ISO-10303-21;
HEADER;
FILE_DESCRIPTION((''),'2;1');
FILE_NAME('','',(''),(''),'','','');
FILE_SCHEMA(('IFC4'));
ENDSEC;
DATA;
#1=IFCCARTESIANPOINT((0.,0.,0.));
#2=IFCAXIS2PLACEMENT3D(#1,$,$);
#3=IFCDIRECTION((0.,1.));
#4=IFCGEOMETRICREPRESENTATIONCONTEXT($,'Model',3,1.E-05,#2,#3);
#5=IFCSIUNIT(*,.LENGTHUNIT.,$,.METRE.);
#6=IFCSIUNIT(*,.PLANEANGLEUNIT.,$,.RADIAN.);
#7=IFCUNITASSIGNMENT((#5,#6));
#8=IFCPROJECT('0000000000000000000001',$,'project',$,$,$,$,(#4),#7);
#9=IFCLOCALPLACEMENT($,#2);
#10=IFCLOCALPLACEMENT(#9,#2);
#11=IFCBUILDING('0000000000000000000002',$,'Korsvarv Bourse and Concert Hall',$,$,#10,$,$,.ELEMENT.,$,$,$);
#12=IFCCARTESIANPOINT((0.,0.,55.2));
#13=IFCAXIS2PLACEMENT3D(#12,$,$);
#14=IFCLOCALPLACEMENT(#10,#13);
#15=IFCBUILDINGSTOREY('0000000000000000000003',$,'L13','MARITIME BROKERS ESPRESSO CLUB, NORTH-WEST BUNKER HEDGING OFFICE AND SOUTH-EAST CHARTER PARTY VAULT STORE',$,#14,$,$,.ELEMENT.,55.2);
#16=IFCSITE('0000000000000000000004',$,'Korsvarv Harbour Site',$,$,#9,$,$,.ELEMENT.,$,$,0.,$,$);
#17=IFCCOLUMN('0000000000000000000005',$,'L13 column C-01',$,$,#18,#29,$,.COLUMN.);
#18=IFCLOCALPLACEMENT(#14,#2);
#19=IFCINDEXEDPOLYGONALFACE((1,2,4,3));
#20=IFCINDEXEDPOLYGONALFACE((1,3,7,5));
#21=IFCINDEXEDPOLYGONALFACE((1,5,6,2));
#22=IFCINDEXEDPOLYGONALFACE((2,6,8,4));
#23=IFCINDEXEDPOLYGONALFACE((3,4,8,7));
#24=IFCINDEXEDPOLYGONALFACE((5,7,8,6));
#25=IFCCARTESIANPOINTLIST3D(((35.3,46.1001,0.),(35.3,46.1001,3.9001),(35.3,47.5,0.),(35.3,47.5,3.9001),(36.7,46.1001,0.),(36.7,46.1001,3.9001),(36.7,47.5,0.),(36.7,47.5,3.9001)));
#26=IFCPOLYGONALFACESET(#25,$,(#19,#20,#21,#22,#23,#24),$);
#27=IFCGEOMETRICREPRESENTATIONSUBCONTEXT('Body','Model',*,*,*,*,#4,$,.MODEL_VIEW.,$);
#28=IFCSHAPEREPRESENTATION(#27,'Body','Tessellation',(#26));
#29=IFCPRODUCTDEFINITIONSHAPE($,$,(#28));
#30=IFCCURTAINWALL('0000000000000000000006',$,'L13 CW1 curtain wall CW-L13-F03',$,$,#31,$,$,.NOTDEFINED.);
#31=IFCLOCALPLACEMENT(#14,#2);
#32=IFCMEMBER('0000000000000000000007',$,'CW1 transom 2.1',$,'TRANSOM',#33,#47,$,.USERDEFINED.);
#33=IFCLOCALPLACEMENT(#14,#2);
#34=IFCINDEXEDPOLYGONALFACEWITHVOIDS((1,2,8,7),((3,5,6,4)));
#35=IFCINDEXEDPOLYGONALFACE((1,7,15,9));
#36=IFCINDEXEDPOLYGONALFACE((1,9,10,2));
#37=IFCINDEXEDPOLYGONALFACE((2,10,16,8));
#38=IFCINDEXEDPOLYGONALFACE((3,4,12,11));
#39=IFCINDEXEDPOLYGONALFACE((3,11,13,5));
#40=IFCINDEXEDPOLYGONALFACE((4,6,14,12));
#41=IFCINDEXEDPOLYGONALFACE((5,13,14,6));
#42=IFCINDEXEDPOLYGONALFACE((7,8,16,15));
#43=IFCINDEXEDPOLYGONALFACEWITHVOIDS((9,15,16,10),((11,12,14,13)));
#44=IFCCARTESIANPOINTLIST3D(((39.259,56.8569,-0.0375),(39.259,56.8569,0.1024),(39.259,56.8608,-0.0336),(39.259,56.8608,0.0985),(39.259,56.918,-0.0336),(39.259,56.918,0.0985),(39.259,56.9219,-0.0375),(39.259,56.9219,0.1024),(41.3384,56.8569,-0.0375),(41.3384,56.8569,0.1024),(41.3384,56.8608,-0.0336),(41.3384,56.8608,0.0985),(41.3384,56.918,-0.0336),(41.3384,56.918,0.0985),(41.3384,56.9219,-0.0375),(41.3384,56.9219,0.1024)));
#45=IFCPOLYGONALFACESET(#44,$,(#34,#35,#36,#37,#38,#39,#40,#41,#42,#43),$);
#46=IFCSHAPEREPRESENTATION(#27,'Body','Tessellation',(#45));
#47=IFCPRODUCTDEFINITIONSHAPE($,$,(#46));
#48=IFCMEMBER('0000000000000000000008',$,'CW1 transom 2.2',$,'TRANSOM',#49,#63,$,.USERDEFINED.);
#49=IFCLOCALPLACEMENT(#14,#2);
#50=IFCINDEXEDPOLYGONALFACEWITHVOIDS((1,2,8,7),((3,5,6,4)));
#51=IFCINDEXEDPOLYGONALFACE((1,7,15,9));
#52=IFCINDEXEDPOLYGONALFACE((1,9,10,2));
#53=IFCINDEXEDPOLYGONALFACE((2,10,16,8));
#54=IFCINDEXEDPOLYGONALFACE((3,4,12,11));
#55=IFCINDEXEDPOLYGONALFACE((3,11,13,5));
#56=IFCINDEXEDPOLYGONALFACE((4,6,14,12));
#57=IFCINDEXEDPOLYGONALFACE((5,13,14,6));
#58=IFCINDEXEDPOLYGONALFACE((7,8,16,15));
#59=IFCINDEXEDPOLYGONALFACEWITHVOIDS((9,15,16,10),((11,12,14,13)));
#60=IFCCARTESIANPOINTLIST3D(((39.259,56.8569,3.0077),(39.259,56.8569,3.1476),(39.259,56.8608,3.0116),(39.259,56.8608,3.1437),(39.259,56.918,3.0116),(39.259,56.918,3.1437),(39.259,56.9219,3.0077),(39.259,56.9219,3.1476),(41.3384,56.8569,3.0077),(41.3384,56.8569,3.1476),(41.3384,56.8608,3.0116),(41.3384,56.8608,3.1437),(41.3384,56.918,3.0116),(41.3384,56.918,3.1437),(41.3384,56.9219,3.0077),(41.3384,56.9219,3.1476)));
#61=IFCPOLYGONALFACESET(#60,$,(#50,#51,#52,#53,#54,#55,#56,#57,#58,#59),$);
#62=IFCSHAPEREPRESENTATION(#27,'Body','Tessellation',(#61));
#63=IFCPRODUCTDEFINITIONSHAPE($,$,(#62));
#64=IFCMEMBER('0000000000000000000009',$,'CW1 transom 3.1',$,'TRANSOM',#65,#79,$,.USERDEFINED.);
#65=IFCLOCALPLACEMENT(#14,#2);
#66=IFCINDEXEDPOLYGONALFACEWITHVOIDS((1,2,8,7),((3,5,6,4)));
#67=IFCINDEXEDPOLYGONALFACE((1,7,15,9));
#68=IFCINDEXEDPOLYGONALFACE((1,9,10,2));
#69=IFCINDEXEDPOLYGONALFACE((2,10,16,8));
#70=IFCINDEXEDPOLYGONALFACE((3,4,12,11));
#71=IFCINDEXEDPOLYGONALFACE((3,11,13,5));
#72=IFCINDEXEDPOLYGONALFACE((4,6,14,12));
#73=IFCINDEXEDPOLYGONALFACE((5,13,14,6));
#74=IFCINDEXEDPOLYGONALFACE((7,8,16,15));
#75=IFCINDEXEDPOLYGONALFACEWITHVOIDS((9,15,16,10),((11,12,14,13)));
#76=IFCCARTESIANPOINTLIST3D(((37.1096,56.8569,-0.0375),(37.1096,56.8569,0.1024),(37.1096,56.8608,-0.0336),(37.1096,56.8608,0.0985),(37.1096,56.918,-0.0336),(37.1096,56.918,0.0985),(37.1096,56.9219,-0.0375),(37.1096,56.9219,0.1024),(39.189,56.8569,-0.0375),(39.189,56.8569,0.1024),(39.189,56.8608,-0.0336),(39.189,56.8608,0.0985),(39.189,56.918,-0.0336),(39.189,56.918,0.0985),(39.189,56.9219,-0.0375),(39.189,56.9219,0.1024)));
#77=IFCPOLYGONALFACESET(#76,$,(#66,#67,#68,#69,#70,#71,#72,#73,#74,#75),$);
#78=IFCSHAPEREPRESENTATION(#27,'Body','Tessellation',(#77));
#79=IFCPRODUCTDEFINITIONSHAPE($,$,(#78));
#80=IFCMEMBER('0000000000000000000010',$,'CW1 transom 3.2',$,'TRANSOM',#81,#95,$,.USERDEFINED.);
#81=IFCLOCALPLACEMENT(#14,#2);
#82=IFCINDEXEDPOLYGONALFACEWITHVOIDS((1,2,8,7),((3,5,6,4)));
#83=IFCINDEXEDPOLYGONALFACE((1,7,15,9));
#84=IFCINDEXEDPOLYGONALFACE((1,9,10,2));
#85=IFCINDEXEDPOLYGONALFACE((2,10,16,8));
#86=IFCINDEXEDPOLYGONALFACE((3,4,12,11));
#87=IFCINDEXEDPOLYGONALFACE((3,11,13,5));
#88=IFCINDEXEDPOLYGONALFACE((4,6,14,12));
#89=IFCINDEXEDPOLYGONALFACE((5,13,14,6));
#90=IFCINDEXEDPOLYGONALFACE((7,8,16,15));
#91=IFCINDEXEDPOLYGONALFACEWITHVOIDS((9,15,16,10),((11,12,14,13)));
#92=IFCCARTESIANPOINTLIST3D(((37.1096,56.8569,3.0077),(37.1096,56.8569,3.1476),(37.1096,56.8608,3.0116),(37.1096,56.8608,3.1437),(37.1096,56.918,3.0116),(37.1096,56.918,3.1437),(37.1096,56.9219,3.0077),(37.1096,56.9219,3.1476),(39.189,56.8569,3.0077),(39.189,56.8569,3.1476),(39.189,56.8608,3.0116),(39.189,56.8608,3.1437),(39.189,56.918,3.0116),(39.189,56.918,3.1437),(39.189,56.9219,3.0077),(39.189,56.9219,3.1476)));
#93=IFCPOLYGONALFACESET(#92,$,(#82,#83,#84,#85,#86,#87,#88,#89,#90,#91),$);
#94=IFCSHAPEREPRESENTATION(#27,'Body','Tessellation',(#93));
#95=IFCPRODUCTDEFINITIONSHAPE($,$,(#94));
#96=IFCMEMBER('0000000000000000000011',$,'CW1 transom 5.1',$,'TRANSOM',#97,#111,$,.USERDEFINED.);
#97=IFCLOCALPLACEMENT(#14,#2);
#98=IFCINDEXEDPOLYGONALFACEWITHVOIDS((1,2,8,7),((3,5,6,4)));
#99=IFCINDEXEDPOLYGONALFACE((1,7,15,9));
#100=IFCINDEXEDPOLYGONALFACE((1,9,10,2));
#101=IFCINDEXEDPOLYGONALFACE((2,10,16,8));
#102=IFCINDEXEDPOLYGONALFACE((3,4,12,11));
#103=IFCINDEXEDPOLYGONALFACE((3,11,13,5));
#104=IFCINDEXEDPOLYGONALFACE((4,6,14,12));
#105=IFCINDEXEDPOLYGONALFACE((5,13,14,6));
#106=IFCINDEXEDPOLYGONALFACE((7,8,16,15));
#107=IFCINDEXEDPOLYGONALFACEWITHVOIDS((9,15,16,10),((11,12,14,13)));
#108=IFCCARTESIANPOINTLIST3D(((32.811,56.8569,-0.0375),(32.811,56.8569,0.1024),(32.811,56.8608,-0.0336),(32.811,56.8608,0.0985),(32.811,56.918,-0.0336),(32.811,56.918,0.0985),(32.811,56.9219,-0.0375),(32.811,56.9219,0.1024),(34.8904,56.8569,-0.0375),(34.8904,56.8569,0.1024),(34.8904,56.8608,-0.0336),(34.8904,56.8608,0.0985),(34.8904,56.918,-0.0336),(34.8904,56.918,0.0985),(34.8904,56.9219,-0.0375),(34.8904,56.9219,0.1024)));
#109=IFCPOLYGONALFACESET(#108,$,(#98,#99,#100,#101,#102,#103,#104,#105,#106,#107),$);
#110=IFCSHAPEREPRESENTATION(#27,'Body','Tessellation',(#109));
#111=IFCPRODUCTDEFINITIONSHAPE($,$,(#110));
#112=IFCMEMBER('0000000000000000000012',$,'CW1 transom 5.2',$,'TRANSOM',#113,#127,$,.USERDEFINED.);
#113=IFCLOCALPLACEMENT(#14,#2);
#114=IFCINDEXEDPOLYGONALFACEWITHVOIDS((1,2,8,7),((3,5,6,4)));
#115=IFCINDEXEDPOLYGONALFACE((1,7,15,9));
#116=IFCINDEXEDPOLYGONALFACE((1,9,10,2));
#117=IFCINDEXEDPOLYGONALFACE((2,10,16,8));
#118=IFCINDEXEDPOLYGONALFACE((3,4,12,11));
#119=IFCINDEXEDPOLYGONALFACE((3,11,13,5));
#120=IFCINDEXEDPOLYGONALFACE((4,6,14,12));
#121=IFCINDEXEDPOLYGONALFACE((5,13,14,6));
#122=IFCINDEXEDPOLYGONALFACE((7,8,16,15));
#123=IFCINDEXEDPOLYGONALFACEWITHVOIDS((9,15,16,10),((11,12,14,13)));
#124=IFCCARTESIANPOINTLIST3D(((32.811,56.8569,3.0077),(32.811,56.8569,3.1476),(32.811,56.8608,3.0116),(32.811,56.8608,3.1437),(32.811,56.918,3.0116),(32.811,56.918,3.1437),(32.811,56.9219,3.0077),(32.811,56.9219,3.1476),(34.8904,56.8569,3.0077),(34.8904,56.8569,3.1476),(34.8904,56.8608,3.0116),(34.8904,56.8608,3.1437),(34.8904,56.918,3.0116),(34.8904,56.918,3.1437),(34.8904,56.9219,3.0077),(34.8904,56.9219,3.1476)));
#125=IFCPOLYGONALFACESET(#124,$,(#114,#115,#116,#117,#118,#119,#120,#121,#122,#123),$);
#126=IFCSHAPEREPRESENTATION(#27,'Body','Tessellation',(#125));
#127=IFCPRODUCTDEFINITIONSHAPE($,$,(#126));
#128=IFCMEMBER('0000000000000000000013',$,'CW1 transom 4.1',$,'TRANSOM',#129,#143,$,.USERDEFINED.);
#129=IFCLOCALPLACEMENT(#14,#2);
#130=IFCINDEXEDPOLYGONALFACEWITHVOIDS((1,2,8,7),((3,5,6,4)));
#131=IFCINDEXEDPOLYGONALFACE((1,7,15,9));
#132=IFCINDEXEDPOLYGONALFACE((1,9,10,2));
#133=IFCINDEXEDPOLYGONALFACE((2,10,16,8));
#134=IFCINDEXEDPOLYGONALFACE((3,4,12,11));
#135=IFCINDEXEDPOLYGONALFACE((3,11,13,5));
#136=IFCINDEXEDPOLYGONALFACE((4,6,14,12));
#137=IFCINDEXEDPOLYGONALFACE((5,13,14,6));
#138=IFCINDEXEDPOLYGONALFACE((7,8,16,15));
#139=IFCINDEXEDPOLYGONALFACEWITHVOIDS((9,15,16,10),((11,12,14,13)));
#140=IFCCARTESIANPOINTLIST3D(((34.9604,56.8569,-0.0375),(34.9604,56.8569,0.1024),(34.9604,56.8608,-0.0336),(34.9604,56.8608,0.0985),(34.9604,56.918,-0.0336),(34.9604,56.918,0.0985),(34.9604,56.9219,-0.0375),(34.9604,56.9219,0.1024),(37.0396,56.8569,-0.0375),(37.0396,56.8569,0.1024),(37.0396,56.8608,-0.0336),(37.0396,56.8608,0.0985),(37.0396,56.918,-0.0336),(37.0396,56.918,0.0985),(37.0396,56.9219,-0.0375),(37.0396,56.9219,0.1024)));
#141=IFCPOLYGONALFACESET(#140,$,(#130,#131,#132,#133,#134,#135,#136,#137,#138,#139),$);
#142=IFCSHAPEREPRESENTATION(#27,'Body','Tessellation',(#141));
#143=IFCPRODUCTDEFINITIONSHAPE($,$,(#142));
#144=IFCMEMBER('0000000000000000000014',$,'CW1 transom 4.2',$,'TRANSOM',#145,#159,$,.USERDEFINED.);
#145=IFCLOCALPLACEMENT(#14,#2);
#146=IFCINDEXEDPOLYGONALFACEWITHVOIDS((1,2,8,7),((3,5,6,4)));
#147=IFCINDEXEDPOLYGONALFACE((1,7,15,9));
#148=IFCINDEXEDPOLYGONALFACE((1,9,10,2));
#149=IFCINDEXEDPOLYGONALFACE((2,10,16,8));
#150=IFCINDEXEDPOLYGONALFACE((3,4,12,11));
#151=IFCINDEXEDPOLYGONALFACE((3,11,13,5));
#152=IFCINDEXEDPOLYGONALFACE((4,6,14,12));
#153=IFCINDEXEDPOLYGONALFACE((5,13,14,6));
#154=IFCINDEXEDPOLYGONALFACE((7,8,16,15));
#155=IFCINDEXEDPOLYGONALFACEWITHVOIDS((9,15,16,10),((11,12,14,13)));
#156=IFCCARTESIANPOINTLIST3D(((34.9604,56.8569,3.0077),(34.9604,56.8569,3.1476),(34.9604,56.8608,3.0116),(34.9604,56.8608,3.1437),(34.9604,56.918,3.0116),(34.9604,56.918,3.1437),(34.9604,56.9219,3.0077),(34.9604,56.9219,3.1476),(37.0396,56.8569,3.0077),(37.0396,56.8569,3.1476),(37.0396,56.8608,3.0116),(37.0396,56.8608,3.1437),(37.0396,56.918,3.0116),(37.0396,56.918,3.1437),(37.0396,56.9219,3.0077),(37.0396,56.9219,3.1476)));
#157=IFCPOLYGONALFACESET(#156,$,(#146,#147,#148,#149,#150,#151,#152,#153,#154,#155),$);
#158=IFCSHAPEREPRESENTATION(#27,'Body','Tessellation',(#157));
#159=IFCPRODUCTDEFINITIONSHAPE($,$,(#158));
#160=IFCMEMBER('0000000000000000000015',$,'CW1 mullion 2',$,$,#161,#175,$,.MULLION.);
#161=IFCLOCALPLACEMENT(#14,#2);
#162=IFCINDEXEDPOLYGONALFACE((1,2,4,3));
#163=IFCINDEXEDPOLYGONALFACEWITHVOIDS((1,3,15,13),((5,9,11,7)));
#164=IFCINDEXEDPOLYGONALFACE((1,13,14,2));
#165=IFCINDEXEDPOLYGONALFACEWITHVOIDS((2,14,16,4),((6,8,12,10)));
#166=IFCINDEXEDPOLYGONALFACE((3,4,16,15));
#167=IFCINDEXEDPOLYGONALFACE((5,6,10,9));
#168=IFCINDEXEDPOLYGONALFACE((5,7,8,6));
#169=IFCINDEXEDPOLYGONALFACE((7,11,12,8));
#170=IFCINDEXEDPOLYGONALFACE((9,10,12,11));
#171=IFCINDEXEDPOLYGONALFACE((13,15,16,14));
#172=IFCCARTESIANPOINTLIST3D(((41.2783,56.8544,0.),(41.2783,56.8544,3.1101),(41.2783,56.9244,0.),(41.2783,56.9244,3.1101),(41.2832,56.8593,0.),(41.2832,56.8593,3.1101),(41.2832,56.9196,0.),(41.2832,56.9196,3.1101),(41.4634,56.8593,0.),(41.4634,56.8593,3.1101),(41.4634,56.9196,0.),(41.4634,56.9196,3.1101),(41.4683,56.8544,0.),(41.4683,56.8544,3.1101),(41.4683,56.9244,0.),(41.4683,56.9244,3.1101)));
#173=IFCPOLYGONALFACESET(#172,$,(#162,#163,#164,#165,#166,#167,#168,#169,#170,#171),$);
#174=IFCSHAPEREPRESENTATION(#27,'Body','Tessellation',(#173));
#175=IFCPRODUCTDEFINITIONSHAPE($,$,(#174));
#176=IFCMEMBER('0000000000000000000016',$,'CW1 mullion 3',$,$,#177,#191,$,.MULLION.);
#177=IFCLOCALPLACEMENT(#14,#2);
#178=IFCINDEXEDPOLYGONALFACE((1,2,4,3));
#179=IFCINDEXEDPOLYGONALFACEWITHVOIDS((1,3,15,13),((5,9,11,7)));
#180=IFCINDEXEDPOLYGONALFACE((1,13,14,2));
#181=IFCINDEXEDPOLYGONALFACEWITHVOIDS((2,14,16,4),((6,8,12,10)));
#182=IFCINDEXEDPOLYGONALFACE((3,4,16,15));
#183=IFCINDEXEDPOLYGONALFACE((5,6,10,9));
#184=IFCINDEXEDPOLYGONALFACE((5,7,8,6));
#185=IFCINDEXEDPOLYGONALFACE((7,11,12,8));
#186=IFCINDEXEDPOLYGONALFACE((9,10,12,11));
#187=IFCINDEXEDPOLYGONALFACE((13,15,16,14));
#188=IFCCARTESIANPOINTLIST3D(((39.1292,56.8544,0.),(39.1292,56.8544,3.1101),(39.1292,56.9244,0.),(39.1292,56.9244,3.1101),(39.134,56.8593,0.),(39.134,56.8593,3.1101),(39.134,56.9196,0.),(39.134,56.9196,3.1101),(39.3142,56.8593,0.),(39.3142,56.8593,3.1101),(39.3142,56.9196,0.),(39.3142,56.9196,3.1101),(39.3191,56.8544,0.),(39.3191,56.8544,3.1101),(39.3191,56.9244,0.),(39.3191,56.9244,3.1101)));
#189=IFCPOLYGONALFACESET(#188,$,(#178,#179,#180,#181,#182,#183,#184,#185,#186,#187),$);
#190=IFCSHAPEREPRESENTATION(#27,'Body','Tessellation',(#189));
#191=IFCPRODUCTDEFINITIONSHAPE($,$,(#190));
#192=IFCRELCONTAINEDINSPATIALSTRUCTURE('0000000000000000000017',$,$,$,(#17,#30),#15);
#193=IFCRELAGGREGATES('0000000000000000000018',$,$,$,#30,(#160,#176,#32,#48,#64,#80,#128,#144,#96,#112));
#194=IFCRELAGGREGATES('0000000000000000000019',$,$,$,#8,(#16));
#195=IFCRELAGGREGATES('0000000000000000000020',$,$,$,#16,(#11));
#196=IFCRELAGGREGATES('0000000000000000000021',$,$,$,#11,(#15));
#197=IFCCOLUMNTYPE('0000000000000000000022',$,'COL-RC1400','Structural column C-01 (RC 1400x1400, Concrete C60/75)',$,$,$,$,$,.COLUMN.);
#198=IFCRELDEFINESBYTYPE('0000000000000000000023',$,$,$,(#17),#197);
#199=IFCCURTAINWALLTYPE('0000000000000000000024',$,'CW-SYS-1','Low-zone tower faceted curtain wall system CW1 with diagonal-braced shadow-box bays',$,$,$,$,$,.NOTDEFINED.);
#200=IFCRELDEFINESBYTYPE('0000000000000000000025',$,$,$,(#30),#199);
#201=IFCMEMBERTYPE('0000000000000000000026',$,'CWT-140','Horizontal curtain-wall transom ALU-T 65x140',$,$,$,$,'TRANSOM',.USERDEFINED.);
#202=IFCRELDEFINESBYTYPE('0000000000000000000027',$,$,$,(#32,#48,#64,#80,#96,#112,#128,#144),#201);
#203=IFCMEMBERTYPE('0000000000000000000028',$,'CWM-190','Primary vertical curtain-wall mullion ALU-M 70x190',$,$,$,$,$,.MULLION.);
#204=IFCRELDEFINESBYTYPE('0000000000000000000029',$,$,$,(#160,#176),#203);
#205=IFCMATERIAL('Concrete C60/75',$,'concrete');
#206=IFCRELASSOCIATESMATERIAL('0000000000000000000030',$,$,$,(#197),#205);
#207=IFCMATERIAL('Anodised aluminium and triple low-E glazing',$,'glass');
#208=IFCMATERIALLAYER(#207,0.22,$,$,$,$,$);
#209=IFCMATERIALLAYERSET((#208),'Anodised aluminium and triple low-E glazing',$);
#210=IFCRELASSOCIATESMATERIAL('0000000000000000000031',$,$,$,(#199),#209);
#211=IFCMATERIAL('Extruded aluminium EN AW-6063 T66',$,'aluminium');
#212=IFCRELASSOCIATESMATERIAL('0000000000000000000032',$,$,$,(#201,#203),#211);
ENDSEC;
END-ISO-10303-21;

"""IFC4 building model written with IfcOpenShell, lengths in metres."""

from ifc_helpers import new_model, si_unit, direction, frame, origin, origin_2d, place, context, subcontext, project, spatial, rectangle, hollow_rectangle, extrude, source, transform, mapped, material, layer, layer_set, material_profile, profile_set, type_object, element, aggregate, save


model = new_model("IFC4")

# Units and contexts
model_context = context("Model", 3, precision=1e-05, world=origin(), true_north=direction((0.0, 1.0)))
body_context = subcontext(model_context, "Body", "Model", "MODEL_VIEW")
ifc_project = project(units=[si_unit("LENGTHUNIT", "METRE"), si_unit("PLANEANGLEUNIT", "RADIAN")], contexts=[model_context])

# Site, building, storey
site_placement = place(None, origin())
site = spatial("IfcSite", under=ifc_project, at=site_placement, Name="Korsvarv Harbour Site", CompositionType="ELEMENT", RefElevation=0.0)
building_placement = place(site_placement, origin())
building = spatial("IfcBuilding", under=site, at=building_placement, Name="Korsvarv Bourse and Concert Hall", CompositionType="ELEMENT")
storey_placement = place(building_placement, frame((0.0, 0.0, 55.2)))
storey = spatial("IfcBuildingStorey", under=building, at=storey_placement, Name="L13", Description="MARITIME BROKERS ESPRESSO CLUB, NORTH-WEST BUNKER HEDGING OFFICE AND SOUTH-EAST CHARTER PARTY VAULT STORE", CompositionType="ELEMENT", Elevation=55.2)

# Column
ifc_material_1 = material(Name="Concrete C60/75", Category="concrete")
ifc_material_profile_1 = material_profile(ifc_material_1, rectangle(XDim=1.3999, YDim=1.3999, at=origin_2d()), Name="RC 1400x1400")
ifc_profile_set_1 = profile_set([ifc_material_profile_1], Name="Concrete C60/75")
column_type = type_object("IfcColumnType", Name="COL-RC1400", Description="Structural column C-01 (RC 1400x1400, Concrete C60/75)", PredefinedType="COLUMN", material=ifc_profile_set_1)
shared_shape_1 = source(origin(), body_context, "Body", "SweptSolid", [
    extrude(rectangle(XDim=1.3999, YDim=1.3999, at=origin_2d()), origin(), (0.0, 0.0, 1.0), 3.9001),
])
column_placement = place(storey_placement, frame((36.0, 46.8, 0.0), z_axis=(0.0, 0.0, 1.0), x_axis=(1.0, 0.0, 0.0)))
element("IfcColumn", 1, at=column_placement, inside=storey, type_object=column_type, Name="L13 column C-01", PredefinedType="COLUMN", context=body_context, shape_type="MappedRepresentation", body=[
    mapped(shared_shape_1, transform((0.0, 0.0, 0.0), scale=1.0)),
])

# Curtain wall, members
ifc_material_2 = material(Name="Anodised aluminium and triple low-E glazing", Category="glass")
ifc_layer_1 = layer(ifc_material_2, 0.22)
ifc_layer_set_1 = layer_set([ifc_layer_1], Name="Anodised aluminium and triple low-E glazing")
curtain_wall_type = type_object("IfcCurtainWallType", Name="CW-SYS-1", Description="Low-zone tower faceted curtain wall system CW1 with diagonal-braced shadow-box bays", PredefinedType="NOTDEFINED", material=ifc_layer_set_1)
curtain_wall_placement = place(storey_placement, origin())
curtain_wall = element("IfcCurtainWall", 2, at=curtain_wall_placement, inside=storey, type_object=curtain_wall_type, Name="L13 CW1 curtain wall CW-L13-F03", PredefinedType="NOTDEFINED")
ifc_material_3 = material(Name="Extruded aluminium EN AW-6063 T66", Category="aluminium")
ifc_material_profile_2 = material_profile(ifc_material_3, hollow_rectangle(XDim=0.0649, YDim=0.1399, WallThickness=0.0039, at=origin_2d()), Name="ALU-T 65x140")
ifc_profile_set_2 = profile_set([ifc_material_profile_2], Name="Extruded aluminium EN AW-6063 T66")
member_type_1 = type_object("IfcMemberType", Name="CWT-140", Description="Horizontal curtain-wall transom ALU-T 65x140", ElementType="TRANSOM", PredefinedType="USERDEFINED", material=ifc_profile_set_2)
shared_shape_2 = source(origin(), body_context, "Body", "SweptSolid", [
    extrude(hollow_rectangle(XDim=0.0649, YDim=0.1399, WallThickness=0.0039, at=origin_2d()), origin(), (0.0, 0.0, 1.0), 2.0793),
])
member_1_placement = place(storey_placement, frame((41.3384, 56.8894, 0.0325), z_axis=(-1.0, 0.0, 0.0), x_axis=(0.0, -1.0, 0.0)))
member_1 = element("IfcMember", 3, at=member_1_placement, type_object=member_type_1, Name="CW1 transom 2.1", ObjectType="TRANSOM", PredefinedType="USERDEFINED", context=body_context, shape_type="MappedRepresentation", body=[
    mapped(shared_shape_2, transform((0.0, 0.0, 0.0), scale=1.0)),
])
member_2_placement = place(storey_placement, frame((41.3384, 56.8894, 3.0776), z_axis=(-1.0, 0.0, 0.0), x_axis=(0.0, -1.0, 0.0)))
member_2 = element("IfcMember", 4, at=member_2_placement, type_object=member_type_1, Name="CW1 transom 2.2", ObjectType="TRANSOM", PredefinedType="USERDEFINED", context=body_context, shape_type="MappedRepresentation", body=[
    mapped(shared_shape_2, transform((0.0, 0.0, 0.0), scale=1.0)),
])
member_3_placement = place(storey_placement, frame((39.189, 56.8894, 0.0325), z_axis=(-1.0, 0.0, 0.0), x_axis=(0.0, -1.0, 0.0)))
member_3 = element("IfcMember", 5, at=member_3_placement, type_object=member_type_1, Name="CW1 transom 3.1", ObjectType="TRANSOM", PredefinedType="USERDEFINED", context=body_context, shape_type="MappedRepresentation", body=[
    mapped(shared_shape_2, transform((0.0, 0.0, 0.0), scale=1.0)),
])
member_4_placement = place(storey_placement, frame((39.189, 56.8894, 3.0776), z_axis=(-1.0, 0.0, 0.0), x_axis=(0.0, -1.0, 0.0)))
member_4 = element("IfcMember", 6, at=member_4_placement, type_object=member_type_1, Name="CW1 transom 3.2", ObjectType="TRANSOM", PredefinedType="USERDEFINED", context=body_context, shape_type="MappedRepresentation", body=[
    mapped(shared_shape_2, transform((0.0, 0.0, 0.0), scale=1.0)),
])
member_5_placement = place(storey_placement, frame((34.8904, 56.8894, 0.0325), z_axis=(-1.0, 0.0, 0.0), x_axis=(0.0, -1.0, 0.0)))
member_5 = element("IfcMember", 7, at=member_5_placement, type_object=member_type_1, Name="CW1 transom 5.1", ObjectType="TRANSOM", PredefinedType="USERDEFINED", context=body_context, shape_type="MappedRepresentation", body=[
    mapped(shared_shape_2, transform((0.0, 0.0, 0.0), scale=1.0)),
])
member_6_placement = place(storey_placement, frame((34.8904, 56.8894, 3.0776), z_axis=(-1.0, 0.0, 0.0), x_axis=(0.0, -1.0, 0.0)))
member_6 = element("IfcMember", 8, at=member_6_placement, type_object=member_type_1, Name="CW1 transom 5.2", ObjectType="TRANSOM", PredefinedType="USERDEFINED", context=body_context, shape_type="MappedRepresentation", body=[
    mapped(shared_shape_2, transform((0.0, 0.0, 0.0), scale=1.0)),
])
shared_shape_3 = source(origin(), body_context, "Body", "SweptSolid", [
    extrude(hollow_rectangle(XDim=0.0649, YDim=0.1399, WallThickness=0.0039, at=origin_2d()), origin(), (0.0, 0.0, 1.0), 2.0791),
])
member_7_placement = place(storey_placement, frame((37.0396, 56.8894, 0.0325), z_axis=(-1.0, 0.0, 0.0), x_axis=(0.0, -1.0, 0.0)))
member_7 = element("IfcMember", 9, at=member_7_placement, type_object=member_type_1, Name="CW1 transom 4.1", ObjectType="TRANSOM", PredefinedType="USERDEFINED", context=body_context, shape_type="MappedRepresentation", body=[
    mapped(shared_shape_3, transform((0.0, 0.0, 0.0), scale=1.0)),
])
member_8_placement = place(storey_placement, frame((37.0396, 56.8894, 3.0776), z_axis=(-1.0, 0.0, 0.0), x_axis=(0.0, -1.0, 0.0)))
member_8 = element("IfcMember", 10, at=member_8_placement, type_object=member_type_1, Name="CW1 transom 4.2", ObjectType="TRANSOM", PredefinedType="USERDEFINED", context=body_context, shape_type="MappedRepresentation", body=[
    mapped(shared_shape_3, transform((0.0, 0.0, 0.0), scale=1.0)),
])
ifc_material_profile_3 = material_profile(ifc_material_3, hollow_rectangle(XDim=0.0701, YDim=0.1899, WallThickness=0.0049, at=origin_2d()), Name="ALU-M 70x190")
ifc_profile_set_3 = profile_set([ifc_material_profile_3], Name="Extruded aluminium EN AW-6063 T66")
member_type_2 = type_object("IfcMemberType", Name="CWM-190", Description="Primary vertical curtain-wall mullion ALU-M 70x190", PredefinedType="MULLION", material=ifc_profile_set_3)
shared_shape_4 = source(origin(), body_context, "Body", "SweptSolid", [
    extrude(hollow_rectangle(XDim=0.0701, YDim=0.1899, WallThickness=0.0049, at=origin_2d()), origin(), (0.0, 0.0, 1.0), 3.1101),
])
member_9_placement = place(storey_placement, frame((41.3733, 56.8894, 0.0), z_axis=(0.0, 0.0, 1.0), x_axis=(0.0, -1.0, 0.0)))
member_9 = element("IfcMember", 11, at=member_9_placement, type_object=member_type_2, Name="CW1 mullion 2", PredefinedType="MULLION", context=body_context, shape_type="MappedRepresentation", body=[
    mapped(shared_shape_4, transform((0.0, 0.0, 0.0), scale=1.0)),
])
member_10_placement = place(storey_placement, frame((39.2241, 56.8894, 0.0), z_axis=(0.0, 0.0, 1.0), x_axis=(0.0, -1.0, 0.0)))
member_10 = element("IfcMember", 12, at=member_10_placement, type_object=member_type_2, Name="CW1 mullion 3", PredefinedType="MULLION", context=body_context, shape_type="MappedRepresentation", body=[
    mapped(shared_shape_4, transform((0.0, 0.0, 0.0), scale=1.0)),
])
aggregate(curtain_wall, [member_9, member_10, member_1, member_2, member_3, member_4, member_7, member_8, member_5, member_6])

save(model, "model.ifc")
